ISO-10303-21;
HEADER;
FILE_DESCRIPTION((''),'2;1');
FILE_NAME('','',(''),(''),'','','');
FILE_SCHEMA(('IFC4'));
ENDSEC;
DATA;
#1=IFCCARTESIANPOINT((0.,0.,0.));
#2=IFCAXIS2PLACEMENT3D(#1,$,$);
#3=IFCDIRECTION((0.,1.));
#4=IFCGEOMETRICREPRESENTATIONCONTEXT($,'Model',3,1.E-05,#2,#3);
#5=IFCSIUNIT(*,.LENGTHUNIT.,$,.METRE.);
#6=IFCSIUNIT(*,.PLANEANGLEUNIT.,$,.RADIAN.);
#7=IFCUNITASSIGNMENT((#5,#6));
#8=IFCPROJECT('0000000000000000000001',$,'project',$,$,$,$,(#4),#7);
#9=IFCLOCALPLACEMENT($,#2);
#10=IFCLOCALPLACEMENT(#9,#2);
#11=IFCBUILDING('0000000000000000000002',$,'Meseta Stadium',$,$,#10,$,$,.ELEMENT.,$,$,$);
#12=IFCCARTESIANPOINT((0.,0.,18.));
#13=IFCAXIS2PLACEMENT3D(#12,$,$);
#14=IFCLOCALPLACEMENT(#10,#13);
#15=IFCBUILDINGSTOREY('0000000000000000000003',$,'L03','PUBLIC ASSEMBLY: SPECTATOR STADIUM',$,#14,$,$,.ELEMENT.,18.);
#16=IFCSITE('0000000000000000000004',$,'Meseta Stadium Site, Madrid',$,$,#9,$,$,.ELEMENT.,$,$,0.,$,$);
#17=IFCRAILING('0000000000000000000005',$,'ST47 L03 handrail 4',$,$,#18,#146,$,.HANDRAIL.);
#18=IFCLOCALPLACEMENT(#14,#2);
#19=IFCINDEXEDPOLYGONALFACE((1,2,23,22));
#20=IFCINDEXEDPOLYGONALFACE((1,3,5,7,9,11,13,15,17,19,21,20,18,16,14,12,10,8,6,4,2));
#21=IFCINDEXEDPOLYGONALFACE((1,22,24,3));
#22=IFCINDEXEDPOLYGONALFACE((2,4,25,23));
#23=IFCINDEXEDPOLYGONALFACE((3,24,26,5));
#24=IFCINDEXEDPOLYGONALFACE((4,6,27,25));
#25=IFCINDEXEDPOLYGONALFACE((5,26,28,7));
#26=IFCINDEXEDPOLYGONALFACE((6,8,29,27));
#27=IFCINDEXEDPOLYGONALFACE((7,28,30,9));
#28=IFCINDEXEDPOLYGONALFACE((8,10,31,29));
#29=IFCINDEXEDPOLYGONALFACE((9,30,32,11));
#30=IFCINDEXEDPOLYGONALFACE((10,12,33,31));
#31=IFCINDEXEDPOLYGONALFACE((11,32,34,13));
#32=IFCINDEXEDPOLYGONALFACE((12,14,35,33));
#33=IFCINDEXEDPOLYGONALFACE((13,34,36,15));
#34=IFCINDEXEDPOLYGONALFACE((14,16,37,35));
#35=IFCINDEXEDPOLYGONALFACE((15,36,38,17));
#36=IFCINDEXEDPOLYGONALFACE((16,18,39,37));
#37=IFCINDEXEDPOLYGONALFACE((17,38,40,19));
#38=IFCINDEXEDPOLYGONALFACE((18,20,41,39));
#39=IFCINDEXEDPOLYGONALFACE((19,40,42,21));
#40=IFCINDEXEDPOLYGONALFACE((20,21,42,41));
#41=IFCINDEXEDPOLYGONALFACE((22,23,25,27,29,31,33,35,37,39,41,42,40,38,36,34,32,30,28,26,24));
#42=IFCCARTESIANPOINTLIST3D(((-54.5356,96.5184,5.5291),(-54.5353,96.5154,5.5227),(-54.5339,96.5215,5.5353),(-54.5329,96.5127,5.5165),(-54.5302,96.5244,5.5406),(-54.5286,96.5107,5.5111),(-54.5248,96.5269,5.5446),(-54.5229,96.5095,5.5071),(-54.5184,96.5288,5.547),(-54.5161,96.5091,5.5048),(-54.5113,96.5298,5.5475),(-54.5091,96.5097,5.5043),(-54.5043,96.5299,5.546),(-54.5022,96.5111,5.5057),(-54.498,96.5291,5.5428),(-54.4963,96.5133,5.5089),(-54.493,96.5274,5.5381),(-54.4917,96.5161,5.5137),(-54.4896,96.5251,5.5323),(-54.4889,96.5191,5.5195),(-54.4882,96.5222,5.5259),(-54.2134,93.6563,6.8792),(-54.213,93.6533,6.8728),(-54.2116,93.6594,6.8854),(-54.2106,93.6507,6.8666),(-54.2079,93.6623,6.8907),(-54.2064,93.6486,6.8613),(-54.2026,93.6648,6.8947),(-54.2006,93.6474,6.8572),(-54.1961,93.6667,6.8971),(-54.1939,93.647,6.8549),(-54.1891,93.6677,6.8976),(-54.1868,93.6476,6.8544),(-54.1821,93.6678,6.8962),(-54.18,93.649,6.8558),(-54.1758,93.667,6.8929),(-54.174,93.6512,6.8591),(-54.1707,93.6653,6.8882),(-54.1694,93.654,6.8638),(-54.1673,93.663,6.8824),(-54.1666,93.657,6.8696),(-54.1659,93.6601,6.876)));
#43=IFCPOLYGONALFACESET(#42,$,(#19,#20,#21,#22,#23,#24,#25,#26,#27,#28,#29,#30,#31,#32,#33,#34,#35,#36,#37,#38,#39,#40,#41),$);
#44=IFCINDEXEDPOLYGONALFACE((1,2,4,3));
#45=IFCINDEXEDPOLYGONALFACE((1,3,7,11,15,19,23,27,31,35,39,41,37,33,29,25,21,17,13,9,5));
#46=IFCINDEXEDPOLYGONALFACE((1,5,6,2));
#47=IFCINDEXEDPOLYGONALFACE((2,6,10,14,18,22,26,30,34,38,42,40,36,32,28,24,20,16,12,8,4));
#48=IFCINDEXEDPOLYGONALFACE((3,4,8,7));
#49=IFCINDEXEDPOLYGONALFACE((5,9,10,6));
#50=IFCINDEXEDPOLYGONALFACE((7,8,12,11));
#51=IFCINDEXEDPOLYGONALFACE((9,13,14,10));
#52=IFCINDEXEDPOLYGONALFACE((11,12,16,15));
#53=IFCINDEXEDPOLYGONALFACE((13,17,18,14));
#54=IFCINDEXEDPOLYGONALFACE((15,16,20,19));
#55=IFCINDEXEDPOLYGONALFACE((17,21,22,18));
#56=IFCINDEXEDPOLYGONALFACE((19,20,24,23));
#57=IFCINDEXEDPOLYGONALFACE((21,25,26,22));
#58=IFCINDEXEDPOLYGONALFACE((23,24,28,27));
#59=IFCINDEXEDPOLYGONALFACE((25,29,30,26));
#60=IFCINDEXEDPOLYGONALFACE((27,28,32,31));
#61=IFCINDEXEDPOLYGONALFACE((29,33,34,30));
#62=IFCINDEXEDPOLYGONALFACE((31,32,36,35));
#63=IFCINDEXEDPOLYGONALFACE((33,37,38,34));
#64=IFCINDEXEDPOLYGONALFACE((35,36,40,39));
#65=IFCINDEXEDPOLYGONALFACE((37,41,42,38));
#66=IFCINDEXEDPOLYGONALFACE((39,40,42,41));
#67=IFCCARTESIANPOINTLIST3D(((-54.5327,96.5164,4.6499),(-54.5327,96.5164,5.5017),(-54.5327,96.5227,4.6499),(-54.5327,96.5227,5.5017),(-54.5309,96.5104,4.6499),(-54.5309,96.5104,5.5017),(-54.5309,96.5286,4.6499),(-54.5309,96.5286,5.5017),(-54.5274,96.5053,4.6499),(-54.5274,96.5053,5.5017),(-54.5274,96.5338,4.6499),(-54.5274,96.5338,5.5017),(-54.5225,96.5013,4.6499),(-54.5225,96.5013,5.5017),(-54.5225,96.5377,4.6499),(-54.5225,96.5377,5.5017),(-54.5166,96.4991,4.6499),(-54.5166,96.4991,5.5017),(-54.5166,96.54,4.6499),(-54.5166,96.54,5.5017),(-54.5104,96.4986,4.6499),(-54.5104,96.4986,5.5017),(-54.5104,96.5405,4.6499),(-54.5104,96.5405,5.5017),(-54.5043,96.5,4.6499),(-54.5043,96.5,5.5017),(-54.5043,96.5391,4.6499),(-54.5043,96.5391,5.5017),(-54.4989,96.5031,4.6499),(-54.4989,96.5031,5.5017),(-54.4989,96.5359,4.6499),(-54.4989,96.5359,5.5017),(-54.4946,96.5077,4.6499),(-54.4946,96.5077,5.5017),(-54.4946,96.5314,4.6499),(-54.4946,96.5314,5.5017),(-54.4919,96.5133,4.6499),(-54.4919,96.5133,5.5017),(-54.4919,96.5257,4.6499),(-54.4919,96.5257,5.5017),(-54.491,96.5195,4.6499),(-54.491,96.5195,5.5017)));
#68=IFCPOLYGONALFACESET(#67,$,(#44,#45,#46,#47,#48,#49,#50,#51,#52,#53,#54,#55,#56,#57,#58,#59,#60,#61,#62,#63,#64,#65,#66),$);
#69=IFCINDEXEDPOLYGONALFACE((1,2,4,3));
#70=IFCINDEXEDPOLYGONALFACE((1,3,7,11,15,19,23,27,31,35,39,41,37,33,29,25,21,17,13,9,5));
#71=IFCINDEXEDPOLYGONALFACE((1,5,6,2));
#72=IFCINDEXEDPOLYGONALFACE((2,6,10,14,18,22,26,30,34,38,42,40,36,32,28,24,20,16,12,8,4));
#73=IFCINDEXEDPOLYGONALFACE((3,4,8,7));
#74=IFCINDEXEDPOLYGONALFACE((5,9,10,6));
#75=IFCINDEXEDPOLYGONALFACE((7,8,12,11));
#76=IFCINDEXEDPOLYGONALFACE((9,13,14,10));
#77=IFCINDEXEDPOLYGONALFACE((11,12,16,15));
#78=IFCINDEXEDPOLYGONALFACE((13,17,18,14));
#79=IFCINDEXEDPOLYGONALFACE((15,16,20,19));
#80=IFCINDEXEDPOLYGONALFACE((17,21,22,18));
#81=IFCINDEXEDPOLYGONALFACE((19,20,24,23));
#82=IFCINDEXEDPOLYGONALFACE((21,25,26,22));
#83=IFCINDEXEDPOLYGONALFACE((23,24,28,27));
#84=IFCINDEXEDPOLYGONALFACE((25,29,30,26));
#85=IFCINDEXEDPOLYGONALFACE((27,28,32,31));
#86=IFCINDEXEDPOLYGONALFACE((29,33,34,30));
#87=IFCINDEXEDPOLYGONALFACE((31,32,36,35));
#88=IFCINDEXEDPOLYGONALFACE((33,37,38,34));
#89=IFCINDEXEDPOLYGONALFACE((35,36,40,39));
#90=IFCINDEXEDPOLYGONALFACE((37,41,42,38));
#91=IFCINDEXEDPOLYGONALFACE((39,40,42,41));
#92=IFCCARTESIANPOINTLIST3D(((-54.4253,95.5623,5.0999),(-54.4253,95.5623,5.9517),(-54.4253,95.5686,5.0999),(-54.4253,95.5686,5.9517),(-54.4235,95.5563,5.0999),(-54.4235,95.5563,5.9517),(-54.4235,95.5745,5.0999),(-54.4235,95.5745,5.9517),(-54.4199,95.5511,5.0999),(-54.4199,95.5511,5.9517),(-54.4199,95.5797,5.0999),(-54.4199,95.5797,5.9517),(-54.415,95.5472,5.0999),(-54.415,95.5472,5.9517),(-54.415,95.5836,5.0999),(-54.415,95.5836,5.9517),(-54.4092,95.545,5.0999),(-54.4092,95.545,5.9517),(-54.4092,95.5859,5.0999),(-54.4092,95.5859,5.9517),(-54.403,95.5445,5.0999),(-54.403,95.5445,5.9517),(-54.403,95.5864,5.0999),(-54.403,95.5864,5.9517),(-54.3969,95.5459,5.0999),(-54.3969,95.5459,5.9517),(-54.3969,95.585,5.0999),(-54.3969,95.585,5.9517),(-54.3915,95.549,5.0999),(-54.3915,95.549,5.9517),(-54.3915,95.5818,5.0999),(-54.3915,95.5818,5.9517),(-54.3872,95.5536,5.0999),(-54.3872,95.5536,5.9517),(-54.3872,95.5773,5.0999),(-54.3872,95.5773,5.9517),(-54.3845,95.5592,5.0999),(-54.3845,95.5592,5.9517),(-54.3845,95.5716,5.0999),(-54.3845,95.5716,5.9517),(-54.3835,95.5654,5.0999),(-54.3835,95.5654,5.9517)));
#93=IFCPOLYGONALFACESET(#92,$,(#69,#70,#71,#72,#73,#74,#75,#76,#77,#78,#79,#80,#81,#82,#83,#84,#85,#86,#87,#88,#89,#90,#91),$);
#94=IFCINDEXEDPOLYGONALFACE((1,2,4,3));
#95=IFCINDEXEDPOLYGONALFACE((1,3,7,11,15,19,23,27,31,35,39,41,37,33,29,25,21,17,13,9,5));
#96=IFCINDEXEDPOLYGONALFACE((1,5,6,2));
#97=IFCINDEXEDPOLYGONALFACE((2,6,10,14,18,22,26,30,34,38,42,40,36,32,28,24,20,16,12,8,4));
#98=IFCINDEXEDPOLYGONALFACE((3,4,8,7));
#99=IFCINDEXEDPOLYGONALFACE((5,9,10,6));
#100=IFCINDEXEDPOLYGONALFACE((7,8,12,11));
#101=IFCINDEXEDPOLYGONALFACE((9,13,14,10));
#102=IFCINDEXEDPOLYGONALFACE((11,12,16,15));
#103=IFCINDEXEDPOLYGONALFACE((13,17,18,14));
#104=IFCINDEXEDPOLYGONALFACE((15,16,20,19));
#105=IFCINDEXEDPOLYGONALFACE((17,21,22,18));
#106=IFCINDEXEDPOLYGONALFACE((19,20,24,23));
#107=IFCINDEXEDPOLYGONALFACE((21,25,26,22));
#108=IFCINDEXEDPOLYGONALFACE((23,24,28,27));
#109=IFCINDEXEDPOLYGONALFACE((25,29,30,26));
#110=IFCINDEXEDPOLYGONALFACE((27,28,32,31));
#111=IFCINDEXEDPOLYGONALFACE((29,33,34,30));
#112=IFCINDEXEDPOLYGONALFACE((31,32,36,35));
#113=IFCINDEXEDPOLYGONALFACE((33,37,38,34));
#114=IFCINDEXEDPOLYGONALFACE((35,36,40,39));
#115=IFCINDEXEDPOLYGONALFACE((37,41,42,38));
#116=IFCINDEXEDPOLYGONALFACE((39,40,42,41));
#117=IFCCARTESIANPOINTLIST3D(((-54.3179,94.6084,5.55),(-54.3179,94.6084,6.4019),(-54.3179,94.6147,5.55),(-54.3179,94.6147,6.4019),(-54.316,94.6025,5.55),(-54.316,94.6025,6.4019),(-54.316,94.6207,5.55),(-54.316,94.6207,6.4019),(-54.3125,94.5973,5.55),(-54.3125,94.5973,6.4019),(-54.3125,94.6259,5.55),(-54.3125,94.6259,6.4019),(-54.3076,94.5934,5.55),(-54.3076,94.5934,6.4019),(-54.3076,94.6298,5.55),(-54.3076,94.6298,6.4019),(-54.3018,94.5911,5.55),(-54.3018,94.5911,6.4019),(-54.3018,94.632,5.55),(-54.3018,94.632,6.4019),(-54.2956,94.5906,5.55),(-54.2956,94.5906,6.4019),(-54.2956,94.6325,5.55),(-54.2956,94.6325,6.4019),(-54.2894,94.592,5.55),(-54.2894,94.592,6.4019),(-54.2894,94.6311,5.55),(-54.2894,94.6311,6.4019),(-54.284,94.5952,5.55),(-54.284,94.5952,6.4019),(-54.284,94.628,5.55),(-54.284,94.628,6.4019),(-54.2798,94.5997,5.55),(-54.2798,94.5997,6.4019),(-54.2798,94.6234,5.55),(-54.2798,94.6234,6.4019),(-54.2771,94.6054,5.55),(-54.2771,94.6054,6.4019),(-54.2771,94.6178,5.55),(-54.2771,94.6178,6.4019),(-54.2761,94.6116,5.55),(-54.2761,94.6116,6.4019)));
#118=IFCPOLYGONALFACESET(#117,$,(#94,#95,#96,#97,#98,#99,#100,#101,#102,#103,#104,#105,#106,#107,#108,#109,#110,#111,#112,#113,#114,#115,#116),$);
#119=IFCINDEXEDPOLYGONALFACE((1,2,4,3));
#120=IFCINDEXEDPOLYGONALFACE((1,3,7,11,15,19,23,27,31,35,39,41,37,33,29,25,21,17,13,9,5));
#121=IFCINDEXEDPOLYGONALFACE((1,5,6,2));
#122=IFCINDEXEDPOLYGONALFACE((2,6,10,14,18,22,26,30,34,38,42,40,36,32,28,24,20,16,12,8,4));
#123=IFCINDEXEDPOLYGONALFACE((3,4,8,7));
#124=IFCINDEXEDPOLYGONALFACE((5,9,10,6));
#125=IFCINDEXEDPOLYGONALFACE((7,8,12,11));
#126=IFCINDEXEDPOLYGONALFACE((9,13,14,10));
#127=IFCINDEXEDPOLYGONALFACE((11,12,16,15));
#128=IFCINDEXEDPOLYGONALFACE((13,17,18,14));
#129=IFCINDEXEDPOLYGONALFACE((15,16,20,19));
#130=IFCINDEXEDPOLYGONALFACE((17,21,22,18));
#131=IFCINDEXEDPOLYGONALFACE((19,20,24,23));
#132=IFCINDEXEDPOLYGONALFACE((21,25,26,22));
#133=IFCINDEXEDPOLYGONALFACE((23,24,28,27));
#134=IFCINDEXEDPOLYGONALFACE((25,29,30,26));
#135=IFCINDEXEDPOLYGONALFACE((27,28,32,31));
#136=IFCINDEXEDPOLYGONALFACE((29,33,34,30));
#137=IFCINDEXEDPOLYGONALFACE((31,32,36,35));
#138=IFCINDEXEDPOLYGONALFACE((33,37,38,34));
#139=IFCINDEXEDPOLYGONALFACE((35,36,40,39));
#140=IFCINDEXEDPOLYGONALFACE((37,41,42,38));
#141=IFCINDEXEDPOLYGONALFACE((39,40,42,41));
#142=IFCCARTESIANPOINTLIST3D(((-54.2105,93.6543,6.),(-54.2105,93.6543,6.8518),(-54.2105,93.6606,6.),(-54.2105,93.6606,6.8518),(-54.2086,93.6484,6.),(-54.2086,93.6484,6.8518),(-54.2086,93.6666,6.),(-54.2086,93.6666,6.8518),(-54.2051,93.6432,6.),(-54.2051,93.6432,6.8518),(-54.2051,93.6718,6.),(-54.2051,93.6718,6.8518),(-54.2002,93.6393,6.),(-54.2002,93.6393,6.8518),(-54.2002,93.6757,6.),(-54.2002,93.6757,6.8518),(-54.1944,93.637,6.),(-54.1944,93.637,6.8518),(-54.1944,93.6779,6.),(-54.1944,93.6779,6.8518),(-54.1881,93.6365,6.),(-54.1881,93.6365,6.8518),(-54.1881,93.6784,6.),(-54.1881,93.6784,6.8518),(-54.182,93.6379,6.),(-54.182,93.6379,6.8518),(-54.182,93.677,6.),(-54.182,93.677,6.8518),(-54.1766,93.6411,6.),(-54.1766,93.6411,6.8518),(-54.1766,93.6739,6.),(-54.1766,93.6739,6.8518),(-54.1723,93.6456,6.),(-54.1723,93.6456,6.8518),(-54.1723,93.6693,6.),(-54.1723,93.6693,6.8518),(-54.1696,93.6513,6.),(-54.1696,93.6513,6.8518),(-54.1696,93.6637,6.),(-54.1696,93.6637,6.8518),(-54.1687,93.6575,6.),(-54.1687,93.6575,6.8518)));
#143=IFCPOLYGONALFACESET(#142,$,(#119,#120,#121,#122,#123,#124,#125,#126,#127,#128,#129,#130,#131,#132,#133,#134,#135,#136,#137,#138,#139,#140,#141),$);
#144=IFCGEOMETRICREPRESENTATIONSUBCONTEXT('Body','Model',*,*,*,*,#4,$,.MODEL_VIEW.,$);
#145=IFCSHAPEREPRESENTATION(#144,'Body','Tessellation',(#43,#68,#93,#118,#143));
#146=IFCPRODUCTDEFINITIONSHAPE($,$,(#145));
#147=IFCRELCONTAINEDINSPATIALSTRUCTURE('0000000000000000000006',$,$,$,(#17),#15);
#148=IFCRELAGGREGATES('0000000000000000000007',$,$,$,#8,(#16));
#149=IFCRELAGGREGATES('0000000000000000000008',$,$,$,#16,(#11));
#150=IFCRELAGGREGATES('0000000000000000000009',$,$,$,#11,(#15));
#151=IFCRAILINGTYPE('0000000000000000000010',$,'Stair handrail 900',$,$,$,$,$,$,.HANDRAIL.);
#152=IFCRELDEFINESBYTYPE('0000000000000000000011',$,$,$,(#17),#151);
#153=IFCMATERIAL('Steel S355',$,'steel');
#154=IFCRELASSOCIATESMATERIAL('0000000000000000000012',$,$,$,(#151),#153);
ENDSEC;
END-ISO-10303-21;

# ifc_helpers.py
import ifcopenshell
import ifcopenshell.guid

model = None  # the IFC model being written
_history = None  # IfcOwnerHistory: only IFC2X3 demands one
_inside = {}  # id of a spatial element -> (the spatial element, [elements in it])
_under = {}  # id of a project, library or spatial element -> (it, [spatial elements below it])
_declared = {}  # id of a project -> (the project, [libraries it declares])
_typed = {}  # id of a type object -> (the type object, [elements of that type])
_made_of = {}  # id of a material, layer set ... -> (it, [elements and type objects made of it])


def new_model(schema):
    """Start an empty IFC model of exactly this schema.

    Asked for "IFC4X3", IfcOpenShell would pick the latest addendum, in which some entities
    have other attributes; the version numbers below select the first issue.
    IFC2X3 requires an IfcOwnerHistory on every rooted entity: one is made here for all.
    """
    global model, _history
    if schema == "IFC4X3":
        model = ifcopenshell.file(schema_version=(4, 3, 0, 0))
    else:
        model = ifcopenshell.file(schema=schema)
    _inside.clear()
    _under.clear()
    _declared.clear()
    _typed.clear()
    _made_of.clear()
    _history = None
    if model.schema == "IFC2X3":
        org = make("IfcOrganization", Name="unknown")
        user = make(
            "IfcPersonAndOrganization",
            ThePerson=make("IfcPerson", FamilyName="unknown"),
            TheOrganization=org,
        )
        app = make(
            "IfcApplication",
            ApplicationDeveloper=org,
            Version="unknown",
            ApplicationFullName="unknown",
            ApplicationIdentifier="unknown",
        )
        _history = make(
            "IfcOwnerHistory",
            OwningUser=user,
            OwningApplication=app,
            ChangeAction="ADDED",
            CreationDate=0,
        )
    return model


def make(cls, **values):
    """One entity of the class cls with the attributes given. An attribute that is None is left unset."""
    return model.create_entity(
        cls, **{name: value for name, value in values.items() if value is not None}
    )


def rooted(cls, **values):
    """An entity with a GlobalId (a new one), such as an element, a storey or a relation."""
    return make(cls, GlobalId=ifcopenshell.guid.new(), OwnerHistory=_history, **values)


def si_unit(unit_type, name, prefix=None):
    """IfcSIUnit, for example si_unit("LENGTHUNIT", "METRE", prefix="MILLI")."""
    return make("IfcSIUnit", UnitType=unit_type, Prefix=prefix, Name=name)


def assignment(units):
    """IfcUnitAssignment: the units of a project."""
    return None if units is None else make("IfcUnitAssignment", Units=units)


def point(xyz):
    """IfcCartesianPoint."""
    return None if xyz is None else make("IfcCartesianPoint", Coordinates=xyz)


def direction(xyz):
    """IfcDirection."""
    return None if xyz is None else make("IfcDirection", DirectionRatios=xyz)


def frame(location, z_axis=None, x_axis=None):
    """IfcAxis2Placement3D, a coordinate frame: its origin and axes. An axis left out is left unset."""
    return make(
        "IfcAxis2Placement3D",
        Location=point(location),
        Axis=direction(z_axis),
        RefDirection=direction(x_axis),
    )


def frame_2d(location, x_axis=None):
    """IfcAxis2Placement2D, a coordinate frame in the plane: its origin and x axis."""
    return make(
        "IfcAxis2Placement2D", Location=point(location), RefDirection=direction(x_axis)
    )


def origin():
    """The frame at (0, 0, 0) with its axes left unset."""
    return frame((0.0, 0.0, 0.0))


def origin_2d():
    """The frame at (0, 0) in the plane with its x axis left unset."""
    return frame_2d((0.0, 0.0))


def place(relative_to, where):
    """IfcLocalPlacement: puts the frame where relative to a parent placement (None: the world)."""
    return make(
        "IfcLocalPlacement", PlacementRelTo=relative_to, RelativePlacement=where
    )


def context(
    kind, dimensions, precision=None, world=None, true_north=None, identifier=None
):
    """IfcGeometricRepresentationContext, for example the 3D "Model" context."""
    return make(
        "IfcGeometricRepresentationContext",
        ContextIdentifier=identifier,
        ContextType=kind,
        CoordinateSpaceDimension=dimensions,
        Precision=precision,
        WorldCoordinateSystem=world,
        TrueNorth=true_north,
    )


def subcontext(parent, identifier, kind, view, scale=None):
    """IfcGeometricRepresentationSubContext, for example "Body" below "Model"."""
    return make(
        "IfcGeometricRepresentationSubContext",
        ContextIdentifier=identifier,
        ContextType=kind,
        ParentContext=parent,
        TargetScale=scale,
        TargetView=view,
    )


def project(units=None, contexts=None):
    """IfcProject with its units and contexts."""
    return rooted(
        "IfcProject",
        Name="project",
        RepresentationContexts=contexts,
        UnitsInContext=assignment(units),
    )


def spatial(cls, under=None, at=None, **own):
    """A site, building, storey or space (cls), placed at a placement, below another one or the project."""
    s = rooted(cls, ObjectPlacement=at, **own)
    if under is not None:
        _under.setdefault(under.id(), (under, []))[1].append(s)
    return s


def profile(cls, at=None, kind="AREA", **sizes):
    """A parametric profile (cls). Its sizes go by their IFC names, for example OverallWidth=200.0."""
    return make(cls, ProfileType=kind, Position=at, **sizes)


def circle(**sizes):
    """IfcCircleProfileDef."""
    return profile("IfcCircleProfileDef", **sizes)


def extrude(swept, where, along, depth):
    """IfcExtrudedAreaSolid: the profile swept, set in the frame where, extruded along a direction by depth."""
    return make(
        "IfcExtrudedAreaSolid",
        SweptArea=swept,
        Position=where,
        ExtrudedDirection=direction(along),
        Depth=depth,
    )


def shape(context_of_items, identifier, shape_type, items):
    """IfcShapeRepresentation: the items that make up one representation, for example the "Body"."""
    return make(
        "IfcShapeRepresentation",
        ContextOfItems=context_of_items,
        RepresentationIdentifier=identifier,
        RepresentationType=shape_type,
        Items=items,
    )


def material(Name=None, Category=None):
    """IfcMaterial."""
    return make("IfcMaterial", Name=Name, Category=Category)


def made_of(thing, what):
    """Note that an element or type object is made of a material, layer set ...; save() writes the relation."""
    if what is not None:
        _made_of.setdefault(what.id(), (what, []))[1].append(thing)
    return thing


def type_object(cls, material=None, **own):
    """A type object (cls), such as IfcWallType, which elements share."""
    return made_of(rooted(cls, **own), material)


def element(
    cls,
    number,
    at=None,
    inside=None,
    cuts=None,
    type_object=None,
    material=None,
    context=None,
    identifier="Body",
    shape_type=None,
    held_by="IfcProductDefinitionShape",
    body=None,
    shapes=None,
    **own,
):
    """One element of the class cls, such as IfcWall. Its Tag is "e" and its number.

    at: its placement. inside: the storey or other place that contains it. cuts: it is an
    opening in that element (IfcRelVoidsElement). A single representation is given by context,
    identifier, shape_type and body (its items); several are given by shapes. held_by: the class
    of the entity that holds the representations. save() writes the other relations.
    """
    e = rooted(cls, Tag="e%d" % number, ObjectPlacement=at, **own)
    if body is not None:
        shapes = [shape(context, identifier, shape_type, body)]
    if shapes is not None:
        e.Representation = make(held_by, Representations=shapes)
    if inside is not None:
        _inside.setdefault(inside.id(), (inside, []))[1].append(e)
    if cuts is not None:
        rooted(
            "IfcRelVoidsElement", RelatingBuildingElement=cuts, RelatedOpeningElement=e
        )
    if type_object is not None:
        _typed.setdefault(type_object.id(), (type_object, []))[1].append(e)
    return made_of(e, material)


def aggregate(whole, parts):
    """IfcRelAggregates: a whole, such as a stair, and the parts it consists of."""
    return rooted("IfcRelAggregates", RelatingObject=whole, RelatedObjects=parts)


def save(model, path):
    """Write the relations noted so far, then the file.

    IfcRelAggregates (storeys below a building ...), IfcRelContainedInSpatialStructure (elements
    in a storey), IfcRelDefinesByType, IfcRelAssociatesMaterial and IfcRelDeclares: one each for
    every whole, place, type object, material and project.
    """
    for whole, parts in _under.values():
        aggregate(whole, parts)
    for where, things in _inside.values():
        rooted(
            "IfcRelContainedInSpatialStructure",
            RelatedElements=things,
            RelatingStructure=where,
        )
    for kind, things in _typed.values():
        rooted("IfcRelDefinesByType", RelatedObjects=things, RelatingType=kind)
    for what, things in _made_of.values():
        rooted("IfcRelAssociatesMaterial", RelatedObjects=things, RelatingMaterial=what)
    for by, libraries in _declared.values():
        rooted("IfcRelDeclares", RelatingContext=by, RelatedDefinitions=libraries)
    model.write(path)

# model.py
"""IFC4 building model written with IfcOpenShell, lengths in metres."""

from ifc_helpers import new_model, si_unit, direction, frame, origin, origin_2d, place, context, subcontext, project, spatial, circle, extrude, material, type_object, element, save


model = new_model("IFC4")

# Units and contexts
model_context = context("Model", 3, precision=1e-05, world=origin(), true_north=direction((0.0, 1.0)))
body_context = subcontext(model_context, "Body", "Model", "MODEL_VIEW")
ifc_project = project(units=[si_unit("LENGTHUNIT", "METRE"), si_unit("PLANEANGLEUNIT", "RADIAN")], contexts=[model_context])

# Site, building, storey
site_placement = place(None, origin())
site = spatial("IfcSite", under=ifc_project, at=site_placement, Name="Meseta Stadium Site, Madrid", CompositionType="ELEMENT", RefElevation=0.0)
building_placement = place(site_placement, origin())
building = spatial("IfcBuilding", under=site, at=building_placement, Name="Meseta Stadium", CompositionType="ELEMENT")
storey_placement = place(building_placement, frame((0.0, 0.0, 18.0)))
storey = spatial("IfcBuildingStorey", under=building, at=storey_placement, Name="L03", Description="PUBLIC ASSEMBLY: SPECTATOR STADIUM", CompositionType="ELEMENT", Elevation=18.0)

# Railing
ifc_material_1 = material(Name="Steel S355", Category="steel")
railing_type_1 = type_object("IfcRailingType", Name="Stair handrail 900", PredefinedType="HANDRAIL", material=ifc_material_1)
for number, where, name in (
    (1, (-54.512, 96.5195, 4.6499), "ST47 L03 handrail 4"),
):
    element("IfcRailing", number, at=place(storey_placement, frame(where)), inside=storey, type_object=railing_type_1, Name=name, PredefinedType="HANDRAIL", context=body_context, shape_type="SweptSolid", body=[
        extrude(circle(Radius=0.0239, at=origin_2d()), frame((0.0, 0.0, 0.876), z_axis=(0.101313, -0.89977, 0.424441), x_axis=(0.99372, 0.111892, 0.0)), (0.0, 0.0, 1.0), 3.1809),
        extrude(circle(Radius=0.021, at=origin_2d()), origin(), (0.0, 0.0, 1.0), 0.8518),
        extrude(circle(Radius=0.021, at=origin_2d()), frame((0.1074, -0.9541, 0.45)), (0.0, 0.0, 1.0), 0.8518),
        extrude(circle(Radius=0.021, at=origin_2d()), frame((0.2148, -1.908, 0.9001)), (0.0, 0.0, 1.0), 0.8518),
        extrude(circle(Radius=0.021, at=origin_2d()), frame((0.3223, -2.8621, 1.3501)), (0.0, 0.0, 1.0), 0.8518),
    ])

save(model, "model.ifc")
